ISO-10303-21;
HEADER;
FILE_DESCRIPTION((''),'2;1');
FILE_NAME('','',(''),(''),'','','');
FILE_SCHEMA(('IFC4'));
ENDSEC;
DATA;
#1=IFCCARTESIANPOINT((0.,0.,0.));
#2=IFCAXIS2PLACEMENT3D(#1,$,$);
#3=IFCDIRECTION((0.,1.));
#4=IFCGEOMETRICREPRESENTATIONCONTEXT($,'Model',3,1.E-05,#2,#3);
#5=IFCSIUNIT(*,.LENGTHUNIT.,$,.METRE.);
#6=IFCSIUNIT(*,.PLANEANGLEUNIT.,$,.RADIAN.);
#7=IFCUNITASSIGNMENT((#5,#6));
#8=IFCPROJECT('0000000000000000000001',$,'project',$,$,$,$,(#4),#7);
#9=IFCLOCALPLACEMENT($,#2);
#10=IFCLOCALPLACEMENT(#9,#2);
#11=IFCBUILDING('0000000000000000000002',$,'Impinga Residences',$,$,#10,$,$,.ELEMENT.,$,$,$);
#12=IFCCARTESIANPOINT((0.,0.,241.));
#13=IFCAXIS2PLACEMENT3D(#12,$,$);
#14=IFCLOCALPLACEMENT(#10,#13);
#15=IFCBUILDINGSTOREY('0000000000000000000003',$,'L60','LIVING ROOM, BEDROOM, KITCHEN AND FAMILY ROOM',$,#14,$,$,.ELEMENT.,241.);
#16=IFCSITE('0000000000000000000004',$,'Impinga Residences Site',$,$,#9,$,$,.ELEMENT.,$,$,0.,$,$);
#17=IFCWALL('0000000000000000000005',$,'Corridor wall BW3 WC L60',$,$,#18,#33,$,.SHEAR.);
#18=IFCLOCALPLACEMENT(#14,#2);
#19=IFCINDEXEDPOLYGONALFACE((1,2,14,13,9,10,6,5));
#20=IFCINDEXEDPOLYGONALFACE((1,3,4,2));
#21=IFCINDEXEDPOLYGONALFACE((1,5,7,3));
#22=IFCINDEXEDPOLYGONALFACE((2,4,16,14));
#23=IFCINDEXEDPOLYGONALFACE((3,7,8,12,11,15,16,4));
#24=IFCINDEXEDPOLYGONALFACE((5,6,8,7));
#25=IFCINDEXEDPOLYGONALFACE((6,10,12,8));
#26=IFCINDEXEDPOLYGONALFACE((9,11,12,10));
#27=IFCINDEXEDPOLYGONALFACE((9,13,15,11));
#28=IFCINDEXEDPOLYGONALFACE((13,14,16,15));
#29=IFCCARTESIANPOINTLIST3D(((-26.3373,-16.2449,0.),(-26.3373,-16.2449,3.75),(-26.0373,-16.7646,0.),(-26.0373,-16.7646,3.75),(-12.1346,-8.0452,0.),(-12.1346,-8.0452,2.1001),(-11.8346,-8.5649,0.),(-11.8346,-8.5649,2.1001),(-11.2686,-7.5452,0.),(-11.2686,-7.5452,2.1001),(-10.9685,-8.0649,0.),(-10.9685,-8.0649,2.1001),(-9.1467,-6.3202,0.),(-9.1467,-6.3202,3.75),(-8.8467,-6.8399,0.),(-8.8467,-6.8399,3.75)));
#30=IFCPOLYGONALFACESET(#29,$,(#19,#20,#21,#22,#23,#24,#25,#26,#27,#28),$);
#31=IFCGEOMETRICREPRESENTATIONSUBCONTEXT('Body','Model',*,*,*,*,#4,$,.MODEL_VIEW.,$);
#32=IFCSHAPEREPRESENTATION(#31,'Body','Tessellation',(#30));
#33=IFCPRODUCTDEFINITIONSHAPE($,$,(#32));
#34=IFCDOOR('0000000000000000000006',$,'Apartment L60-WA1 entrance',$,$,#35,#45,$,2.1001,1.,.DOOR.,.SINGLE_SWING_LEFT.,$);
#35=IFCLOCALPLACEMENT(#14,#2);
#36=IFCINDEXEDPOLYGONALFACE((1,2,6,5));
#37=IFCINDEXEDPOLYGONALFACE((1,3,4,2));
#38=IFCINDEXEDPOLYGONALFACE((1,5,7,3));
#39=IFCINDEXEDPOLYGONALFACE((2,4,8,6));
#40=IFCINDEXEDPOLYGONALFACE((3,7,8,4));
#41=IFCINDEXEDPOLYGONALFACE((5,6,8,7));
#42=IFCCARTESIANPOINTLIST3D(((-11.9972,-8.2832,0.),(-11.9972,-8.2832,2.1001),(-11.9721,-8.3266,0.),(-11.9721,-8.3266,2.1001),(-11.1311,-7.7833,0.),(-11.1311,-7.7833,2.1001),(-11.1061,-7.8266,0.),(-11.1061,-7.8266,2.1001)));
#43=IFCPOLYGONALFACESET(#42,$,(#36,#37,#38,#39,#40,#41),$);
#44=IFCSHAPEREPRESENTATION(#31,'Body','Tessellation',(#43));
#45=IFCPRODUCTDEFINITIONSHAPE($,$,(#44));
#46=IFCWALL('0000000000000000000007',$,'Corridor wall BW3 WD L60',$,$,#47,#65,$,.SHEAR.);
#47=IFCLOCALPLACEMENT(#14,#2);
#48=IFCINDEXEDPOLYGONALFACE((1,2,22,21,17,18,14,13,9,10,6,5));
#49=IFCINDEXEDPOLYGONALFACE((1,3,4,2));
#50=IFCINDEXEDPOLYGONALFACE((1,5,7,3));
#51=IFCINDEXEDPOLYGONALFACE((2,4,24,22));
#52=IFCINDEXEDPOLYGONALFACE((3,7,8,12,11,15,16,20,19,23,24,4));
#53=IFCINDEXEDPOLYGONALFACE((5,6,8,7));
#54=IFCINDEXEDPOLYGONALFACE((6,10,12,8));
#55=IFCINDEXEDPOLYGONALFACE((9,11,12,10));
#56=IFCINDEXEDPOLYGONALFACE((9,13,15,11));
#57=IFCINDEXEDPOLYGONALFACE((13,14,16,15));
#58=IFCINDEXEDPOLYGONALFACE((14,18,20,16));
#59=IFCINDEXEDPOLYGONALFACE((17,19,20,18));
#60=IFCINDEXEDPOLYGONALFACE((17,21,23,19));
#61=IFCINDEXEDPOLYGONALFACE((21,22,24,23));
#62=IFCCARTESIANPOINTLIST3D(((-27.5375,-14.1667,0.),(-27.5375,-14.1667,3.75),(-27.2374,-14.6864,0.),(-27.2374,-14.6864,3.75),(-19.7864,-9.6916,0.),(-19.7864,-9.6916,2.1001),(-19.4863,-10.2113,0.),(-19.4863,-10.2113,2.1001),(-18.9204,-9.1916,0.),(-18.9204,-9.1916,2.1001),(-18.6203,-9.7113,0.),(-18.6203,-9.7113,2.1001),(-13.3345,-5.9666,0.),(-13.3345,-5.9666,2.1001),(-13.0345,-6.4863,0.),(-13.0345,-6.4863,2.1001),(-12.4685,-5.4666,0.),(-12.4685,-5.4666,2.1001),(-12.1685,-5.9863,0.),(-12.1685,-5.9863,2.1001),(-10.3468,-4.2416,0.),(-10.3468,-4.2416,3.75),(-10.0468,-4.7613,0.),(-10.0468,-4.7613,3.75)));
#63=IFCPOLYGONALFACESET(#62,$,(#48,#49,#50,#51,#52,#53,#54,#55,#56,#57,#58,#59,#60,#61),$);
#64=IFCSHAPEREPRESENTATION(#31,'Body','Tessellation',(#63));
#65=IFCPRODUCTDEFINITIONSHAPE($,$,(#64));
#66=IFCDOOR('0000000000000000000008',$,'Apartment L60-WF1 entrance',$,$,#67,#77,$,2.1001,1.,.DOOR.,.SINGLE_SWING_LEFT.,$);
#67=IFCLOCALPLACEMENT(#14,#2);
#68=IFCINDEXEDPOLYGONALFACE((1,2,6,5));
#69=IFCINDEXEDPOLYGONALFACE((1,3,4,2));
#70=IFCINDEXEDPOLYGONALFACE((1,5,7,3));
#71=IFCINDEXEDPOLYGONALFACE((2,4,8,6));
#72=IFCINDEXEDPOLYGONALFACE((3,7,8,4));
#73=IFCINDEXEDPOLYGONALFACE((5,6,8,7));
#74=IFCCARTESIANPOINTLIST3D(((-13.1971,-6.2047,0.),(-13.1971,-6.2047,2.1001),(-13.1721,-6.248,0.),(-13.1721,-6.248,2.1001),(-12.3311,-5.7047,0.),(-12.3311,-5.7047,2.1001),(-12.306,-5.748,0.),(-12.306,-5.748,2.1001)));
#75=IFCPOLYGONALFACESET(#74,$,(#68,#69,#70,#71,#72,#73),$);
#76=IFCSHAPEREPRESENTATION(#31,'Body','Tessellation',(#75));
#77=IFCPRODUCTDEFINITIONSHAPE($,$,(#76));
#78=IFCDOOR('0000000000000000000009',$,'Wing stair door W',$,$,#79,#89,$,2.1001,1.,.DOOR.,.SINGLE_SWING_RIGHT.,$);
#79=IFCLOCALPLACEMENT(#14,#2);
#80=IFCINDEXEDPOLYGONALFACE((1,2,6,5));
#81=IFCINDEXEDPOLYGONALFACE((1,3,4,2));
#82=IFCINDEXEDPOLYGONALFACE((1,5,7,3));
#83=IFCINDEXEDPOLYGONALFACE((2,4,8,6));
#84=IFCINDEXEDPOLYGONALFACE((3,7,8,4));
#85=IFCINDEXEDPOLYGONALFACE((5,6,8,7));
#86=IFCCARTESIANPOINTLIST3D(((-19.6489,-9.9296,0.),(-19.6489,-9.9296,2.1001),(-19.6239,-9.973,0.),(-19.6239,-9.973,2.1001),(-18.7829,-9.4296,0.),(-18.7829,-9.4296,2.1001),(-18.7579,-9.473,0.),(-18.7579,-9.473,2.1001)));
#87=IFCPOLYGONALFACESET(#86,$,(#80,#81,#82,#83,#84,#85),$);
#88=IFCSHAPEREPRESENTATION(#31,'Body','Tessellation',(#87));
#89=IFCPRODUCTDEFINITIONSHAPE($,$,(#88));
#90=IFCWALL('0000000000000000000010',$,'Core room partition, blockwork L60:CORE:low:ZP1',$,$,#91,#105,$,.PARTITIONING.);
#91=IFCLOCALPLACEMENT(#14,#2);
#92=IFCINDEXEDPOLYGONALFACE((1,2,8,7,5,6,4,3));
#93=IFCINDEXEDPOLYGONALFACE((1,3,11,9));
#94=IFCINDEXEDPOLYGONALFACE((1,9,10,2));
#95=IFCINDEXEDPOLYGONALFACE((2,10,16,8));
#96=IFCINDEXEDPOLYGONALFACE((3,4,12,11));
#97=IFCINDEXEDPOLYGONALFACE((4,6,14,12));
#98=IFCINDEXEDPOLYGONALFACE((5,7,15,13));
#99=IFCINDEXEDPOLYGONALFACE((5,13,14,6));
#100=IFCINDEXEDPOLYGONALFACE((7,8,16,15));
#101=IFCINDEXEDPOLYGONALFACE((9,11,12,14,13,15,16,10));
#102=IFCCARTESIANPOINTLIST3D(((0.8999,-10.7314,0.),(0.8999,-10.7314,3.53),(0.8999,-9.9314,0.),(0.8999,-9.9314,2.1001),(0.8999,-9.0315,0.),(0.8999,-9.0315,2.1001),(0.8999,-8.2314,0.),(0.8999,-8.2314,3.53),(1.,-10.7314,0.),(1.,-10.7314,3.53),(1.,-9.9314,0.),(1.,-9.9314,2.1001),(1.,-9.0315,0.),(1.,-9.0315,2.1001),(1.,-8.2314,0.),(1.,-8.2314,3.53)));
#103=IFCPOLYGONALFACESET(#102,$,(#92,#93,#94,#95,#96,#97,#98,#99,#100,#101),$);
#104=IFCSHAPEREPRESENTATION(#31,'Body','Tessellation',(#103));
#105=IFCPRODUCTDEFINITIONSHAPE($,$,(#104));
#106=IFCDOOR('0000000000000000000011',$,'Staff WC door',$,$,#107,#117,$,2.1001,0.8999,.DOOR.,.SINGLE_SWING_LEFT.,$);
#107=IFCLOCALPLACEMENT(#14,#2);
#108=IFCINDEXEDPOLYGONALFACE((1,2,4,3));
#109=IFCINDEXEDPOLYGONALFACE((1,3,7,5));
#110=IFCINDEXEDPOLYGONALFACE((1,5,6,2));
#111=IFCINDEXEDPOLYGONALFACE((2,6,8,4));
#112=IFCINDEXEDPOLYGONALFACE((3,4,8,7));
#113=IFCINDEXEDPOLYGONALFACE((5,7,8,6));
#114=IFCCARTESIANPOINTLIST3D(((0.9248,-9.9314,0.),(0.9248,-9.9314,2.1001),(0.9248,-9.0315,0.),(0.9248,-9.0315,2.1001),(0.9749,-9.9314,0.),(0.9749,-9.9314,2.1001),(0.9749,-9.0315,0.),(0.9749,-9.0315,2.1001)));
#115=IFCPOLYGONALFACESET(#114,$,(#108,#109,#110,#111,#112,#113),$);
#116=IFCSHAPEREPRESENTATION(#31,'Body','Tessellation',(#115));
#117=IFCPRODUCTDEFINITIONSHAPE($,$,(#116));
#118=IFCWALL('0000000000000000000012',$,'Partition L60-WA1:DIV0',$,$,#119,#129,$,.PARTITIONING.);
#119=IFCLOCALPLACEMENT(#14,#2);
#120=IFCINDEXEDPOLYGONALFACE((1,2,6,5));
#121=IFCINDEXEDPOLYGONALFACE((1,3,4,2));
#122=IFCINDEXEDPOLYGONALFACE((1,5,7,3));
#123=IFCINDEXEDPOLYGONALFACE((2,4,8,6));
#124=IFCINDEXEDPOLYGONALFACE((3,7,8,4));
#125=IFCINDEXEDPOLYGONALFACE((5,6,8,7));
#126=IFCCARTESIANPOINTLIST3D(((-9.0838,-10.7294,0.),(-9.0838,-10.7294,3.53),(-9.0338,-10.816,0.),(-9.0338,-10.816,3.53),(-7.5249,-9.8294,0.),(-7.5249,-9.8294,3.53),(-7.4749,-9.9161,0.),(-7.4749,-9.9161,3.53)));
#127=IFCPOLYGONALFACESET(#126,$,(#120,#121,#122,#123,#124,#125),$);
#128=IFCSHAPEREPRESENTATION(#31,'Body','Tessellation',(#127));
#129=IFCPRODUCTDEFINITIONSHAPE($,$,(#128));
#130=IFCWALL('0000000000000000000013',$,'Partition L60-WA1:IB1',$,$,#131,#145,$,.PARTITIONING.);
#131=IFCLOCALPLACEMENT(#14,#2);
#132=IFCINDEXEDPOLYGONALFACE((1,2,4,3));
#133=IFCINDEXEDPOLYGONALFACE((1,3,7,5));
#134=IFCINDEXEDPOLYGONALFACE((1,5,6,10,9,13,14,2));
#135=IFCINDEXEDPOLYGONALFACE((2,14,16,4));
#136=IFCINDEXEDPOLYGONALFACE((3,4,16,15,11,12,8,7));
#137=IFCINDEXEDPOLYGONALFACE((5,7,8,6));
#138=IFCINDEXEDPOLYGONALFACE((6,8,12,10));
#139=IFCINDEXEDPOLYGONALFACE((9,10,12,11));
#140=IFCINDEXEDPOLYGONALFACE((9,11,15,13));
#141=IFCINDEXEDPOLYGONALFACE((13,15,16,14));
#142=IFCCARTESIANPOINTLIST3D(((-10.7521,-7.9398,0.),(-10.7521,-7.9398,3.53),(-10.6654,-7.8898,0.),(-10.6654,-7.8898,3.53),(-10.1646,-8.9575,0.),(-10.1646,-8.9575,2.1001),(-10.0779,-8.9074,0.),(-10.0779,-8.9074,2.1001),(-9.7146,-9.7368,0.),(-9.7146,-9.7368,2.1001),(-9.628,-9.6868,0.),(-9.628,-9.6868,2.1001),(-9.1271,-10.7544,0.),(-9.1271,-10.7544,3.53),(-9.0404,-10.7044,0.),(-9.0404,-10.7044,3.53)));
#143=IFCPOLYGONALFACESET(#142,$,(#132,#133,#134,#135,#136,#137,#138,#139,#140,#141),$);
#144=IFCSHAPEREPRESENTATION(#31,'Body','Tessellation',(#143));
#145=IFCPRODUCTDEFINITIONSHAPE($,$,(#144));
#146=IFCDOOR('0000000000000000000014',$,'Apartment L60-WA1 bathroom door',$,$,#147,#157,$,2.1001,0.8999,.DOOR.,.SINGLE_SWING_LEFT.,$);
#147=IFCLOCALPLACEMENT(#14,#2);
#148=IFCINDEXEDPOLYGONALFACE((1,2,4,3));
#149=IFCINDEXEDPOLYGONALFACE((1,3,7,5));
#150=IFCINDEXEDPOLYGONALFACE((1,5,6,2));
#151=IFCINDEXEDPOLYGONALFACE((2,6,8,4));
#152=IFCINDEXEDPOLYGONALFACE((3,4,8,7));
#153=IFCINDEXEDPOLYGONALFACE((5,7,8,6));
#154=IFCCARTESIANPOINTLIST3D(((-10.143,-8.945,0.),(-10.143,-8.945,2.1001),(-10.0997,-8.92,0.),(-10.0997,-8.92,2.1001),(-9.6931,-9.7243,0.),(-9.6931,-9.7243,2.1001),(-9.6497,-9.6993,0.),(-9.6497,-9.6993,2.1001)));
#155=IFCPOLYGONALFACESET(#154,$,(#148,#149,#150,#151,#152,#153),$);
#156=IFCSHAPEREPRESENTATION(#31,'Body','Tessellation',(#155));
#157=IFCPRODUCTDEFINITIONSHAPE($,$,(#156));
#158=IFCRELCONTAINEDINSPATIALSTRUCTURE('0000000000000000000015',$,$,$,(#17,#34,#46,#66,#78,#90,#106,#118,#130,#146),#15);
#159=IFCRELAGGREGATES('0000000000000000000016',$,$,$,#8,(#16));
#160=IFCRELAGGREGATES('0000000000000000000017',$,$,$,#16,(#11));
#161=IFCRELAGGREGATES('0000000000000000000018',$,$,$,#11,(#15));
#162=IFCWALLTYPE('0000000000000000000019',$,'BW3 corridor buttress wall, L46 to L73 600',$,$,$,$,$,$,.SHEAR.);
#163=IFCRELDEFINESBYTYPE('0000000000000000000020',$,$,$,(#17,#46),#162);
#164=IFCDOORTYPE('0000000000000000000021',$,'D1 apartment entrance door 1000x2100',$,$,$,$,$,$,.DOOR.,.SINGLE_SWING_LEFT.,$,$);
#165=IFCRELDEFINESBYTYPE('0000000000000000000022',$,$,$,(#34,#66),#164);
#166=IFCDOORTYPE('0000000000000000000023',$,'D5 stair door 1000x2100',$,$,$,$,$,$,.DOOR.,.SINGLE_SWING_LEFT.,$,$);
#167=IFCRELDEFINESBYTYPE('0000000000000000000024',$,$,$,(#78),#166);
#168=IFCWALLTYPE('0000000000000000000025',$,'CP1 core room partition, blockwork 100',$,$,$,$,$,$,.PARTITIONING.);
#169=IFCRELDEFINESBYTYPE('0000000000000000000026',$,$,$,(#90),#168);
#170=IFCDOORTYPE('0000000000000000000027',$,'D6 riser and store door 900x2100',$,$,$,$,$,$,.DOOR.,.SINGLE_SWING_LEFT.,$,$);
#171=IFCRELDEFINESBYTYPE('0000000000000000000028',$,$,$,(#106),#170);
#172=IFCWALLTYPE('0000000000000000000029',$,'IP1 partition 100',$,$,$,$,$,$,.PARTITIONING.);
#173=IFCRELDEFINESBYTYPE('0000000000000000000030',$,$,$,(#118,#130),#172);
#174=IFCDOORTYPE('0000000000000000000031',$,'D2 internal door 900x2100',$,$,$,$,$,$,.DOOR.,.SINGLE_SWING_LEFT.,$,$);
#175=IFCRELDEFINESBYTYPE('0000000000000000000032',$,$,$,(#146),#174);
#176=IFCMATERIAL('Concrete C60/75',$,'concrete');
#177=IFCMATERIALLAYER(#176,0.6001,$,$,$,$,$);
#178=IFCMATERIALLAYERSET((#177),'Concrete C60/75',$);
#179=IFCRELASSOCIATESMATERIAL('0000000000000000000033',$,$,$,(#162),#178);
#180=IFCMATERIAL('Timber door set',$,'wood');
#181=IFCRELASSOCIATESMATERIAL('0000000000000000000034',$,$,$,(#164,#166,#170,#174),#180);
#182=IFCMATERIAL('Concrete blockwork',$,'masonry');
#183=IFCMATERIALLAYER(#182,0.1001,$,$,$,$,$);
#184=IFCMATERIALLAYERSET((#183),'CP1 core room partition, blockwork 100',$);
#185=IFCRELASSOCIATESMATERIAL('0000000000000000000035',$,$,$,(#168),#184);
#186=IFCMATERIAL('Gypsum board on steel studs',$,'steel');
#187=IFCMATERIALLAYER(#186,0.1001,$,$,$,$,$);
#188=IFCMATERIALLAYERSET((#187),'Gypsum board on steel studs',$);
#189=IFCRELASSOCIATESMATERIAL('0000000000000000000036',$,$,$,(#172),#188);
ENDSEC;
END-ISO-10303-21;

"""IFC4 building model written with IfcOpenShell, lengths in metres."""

from ifc_helpers import new_model, si_unit, direction, frame, frame_2d, origin, place, context, subcontext, project, spatial, rectangle, extrude, material, layer, layer_set, type_object, element, fill, save


model = new_model("IFC4")

# Units and contexts
model_context = context("Model", 3, precision=1e-05, world=origin(), true_north=direction((0.0, 1.0)))
body_context = subcontext(model_context, "Body", "Model", "MODEL_VIEW")
ifc_project = project(units=[si_unit("LENGTHUNIT", "METRE"), si_unit("PLANEANGLEUNIT", "RADIAN")], contexts=[model_context])

# Site, building, storey
site_placement = place(None, origin())
site = spatial("IfcSite", under=ifc_project, at=site_placement, Name="Impinga Residences Site", CompositionType="ELEMENT", RefElevation=0.0)
building_placement = place(site_placement, origin())
building = spatial("IfcBuilding", under=site, at=building_placement, Name="Impinga Residences", CompositionType="ELEMENT")
storey_placement = place(building_placement, frame((0.0, 0.0, 241.0)))
storey = spatial("IfcBuildingStorey", under=building, at=storey_placement, Name="L60", Description="LIVING ROOM, BEDROOM, KITCHEN AND FAMILY ROOM", CompositionType="ELEMENT", Elevation=241.0)

# Wall, opening, door
ifc_material_1 = material(Name="Concrete C60/75", Category="concrete")
ifc_layer_1 = layer(ifc_material_1, 0.6001)
ifc_layer_set_1 = layer_set([ifc_layer_1], Name="Concrete C60/75")
wall_type_1 = type_object("IfcWallType", Name="BW3 corridor buttress wall, L46 to L73 600", PredefinedType="SHEAR", material=ifc_layer_set_1)
wall_1_placement = place(storey_placement, frame((-8.9968, -6.5801, 0.0), z_axis=(0.0, 0.0, 1.0), x_axis=(-0.866031, -0.499991, 0.0)))
wall_1 = element("IfcWall", 1, at=wall_1_placement, inside=storey, type_object=wall_type_1, Name="Corridor wall BW3 WC L60", PredefinedType="SHEAR", context=body_context, shape_type="SweptSolid", body=[
    extrude(rectangle(XDim=19.8499, YDim=0.6001, at=frame_2d((9.9248, 0.0))), origin(), (0.0, 0.0, 1.0), 3.75),
])
opening_1_placement = place(wall_1_placement, frame((2.45, 0.0, 0.0)))
opening_1 = element("IfcOpeningElement", 2, at=opening_1_placement, cuts=wall_1, PredefinedType="OPENING", context=body_context, shape_type="SweptSolid", body=[
    extrude(rectangle(XDim=1.0, YDim=2.1001, at=frame_2d((0.5, 1.05))), frame((0.0, 0.3101, 0.0), z_axis=(0.0, -1.0, 0.0), x_axis=(1.0, 0.0, 0.0)), (0.0, 0.0, 1.0), 0.6201),
])
ifc_material_2 = material(Name="Timber door set", Category="wood")
door_type_1 = type_object("IfcDoorType", Name="D1 apartment entrance door 1000x2100", OperationType="SINGLE_SWING_LEFT", PredefinedType="DOOR", material=ifc_material_2)
door_1_placement = place(opening_1_placement, origin())
door_1 = element("IfcDoor", 3, at=door_1_placement, inside=storey, type_object=door_type_1, Name="Apartment L60-WA1 entrance", OperationType="SINGLE_SWING_LEFT", OverallHeight=2.1001, OverallWidth=1.0, PredefinedType="DOOR", context=body_context, shape_type="SweptSolid", body=[
    extrude(rectangle(XDim=1.0, YDim=2.1001, at=frame_2d((0.5, 1.05))), frame((0.0, 0.0249, 0.0), z_axis=(0.0, -1.0, 0.0), x_axis=(1.0, 0.0, 0.0)), (0.0, 0.0, 1.0), 0.05),
])
fill(opening_1, door_1)

# Wall, openings, doors
wall_2_placement = place(storey_placement, frame((-10.1968, -4.5015, 0.0), z_axis=(0.0, 0.0, 1.0), x_axis=(-0.866025, -0.5, 0.0)))
wall_2 = element("IfcWall", 4, at=wall_2_placement, inside=storey, type_object=wall_type_1, Name="Corridor wall BW3 WD L60", PredefinedType="SHEAR", context=body_context, shape_type="SweptSolid", body=[
    extrude(rectangle(XDim=19.8501, YDim=0.6001, at=frame_2d((9.925, 0.0))), origin(), (0.0, 0.0, 1.0), 3.75),
])
opening_2_placement = place(wall_2_placement, frame((9.8999, 0.0, 0.0)))
opening_2 = element("IfcOpeningElement", 5, at=opening_2_placement, cuts=wall_2, PredefinedType="OPENING", context=body_context, shape_type="SweptSolid", body=[
    extrude(rectangle(XDim=1.0, YDim=2.1001, at=frame_2d((0.5, 1.05))), frame((0.0, 0.3101, 0.0), z_axis=(0.0, -1.0, 0.0), x_axis=(1.0, 0.0, 0.0)), (0.0, 0.0, 1.0), 0.6201),
])
opening_3_placement = place(wall_2_placement, frame((2.45, 0.0, 0.0)))
opening_3 = element("IfcOpeningElement", 6, at=opening_3_placement, cuts=wall_2, PredefinedType="OPENING", context=body_context, shape_type="SweptSolid", body=[
    extrude(rectangle(XDim=1.0, YDim=2.1001, at=frame_2d((0.5, 1.05))), frame((0.0, 0.3101, 0.0), z_axis=(0.0, -1.0, 0.0), x_axis=(1.0, 0.0, 0.0)), (0.0, 0.0, 1.0), 0.6201),
])
door_2_placement = place(opening_3_placement, origin())
door_2 = element("IfcDoor", 7, at=door_2_placement, inside=storey, type_object=door_type_1, Name="Apartment L60-WF1 entrance", OperationType="SINGLE_SWING_LEFT", OverallHeight=2.1001, OverallWidth=1.0, PredefinedType="DOOR", context=body_context, shape_type="SweptSolid", body=[
    extrude(rectangle(XDim=1.0, YDim=2.1001, at=frame_2d((0.5, 1.05))), frame((0.0, 0.0249, 0.0), z_axis=(0.0, -1.0, 0.0), x_axis=(1.0, 0.0, 0.0)), (0.0, 0.0, 1.0), 0.05),
])
fill(opening_3, door_2)
door_type_2 = type_object("IfcDoorType", Name="D5 stair door 1000x2100", OperationType="SINGLE_SWING_LEFT", PredefinedType="DOOR", material=ifc_material_2)
door_3_placement = place(opening_2_placement, origin())
door_3 = element("IfcDoor", 8, at=door_3_placement, inside=storey, type_object=door_type_2, Name="Wing stair door W", OperationType="SINGLE_SWING_RIGHT", OverallHeight=2.1001, OverallWidth=1.0, PredefinedType="DOOR", context=body_context, shape_type="SweptSolid", body=[
    extrude(rectangle(XDim=1.0, YDim=2.1001, at=frame_2d((0.5, 1.05))), frame((0.0, 0.0249, 0.0), z_axis=(0.0, -1.0, 0.0), x_axis=(1.0, 0.0, 0.0)), (0.0, 0.0, 1.0), 0.05),
])
fill(opening_2, door_3)

# Wall, opening, door
ifc_material_3 = material(Name="Concrete blockwork", Category="masonry")
ifc_layer_2 = layer(ifc_material_3, 0.1001)
ifc_layer_set_2 = layer_set([ifc_layer_2], Name="CP1 core room partition, blockwork 100")
wall_type_2 = type_object("IfcWallType", Name="CP1 core room partition, blockwork 100", PredefinedType="PARTITIONING", material=ifc_layer_set_2)
wall_3_placement = place(storey_placement, frame((0.95, -8.2314, 0.0), z_axis=(0.0, 0.0, 1.0), x_axis=(0.0, -1.0, 0.0)))
wall_3 = element("IfcWall", 9, at=wall_3_placement, inside=storey, type_object=wall_type_2, Name="Core room partition, blockwork L60:CORE:low:ZP1", PredefinedType="PARTITIONING", context=body_context, shape_type="SweptSolid", body=[
    extrude(rectangle(XDim=2.5, YDim=0.1001, at=frame_2d((1.25, 0.0))), origin(), (0.0, 0.0, 1.0), 3.53),
])
opening_4_placement = place(wall_3_placement, frame((0.8, 0.0, 0.0)))
opening_4 = element("IfcOpeningElement", 10, at=opening_4_placement, cuts=wall_3, PredefinedType="OPENING", context=body_context, shape_type="SweptSolid", body=[
    extrude(rectangle(XDim=0.8999, YDim=2.1001, at=frame_2d((0.45, 1.05))), frame((0.0, 0.0601, 0.0), z_axis=(0.0, -1.0, 0.0), x_axis=(1.0, 0.0, 0.0)), (0.0, 0.0, 1.0), 0.1201),
])
door_type_3 = type_object("IfcDoorType", Name="D6 riser and store door 900x2100", OperationType="SINGLE_SWING_LEFT", PredefinedType="DOOR", material=ifc_material_2)
door_4_placement = place(opening_4_placement, origin())
door_4 = element("IfcDoor", 11, at=door_4_placement, inside=storey, type_object=door_type_3, Name="Staff WC door", OperationType="SINGLE_SWING_LEFT", OverallHeight=2.1001, OverallWidth=0.8999, PredefinedType="DOOR", context=body_context, shape_type="SweptSolid", body=[
    extrude(rectangle(XDim=0.8999, YDim=2.1001, at=frame_2d((0.45, 1.05))), frame((0.0, 0.0249, 0.0), z_axis=(0.0, -1.0, 0.0), x_axis=(1.0, 0.0, 0.0)), (0.0, 0.0, 1.0), 0.05),
])
fill(opening_4, door_4)

# Wall
ifc_material_4 = material(Name="Gypsum board on steel studs", Category="steel")
ifc_layer_3 = layer(ifc_material_4, 0.1001)
ifc_layer_set_3 = layer_set([ifc_layer_3], Name="Gypsum board on steel studs")
wall_type_3 = type_object("IfcWallType", Name="IP1 partition 100", PredefinedType="PARTITIONING", material=ifc_layer_set_3)
wall_4_placement = place(storey_placement, frame((-7.5, -9.8728, 0.0), z_axis=(0.0, 0.0, 1.0), x_axis=(-0.866048, -0.499961, 0.0)))
element("IfcWall", 12, at=wall_4_placement, inside=storey, type_object=wall_type_3, Name="Partition L60-WA1:DIV0", PredefinedType="PARTITIONING", context=body_context, shape_type="SweptSolid", body=[
    extrude(rectangle(XDim=1.8, YDim=0.1001, at=frame_2d((0.8999, 0.0))), origin(), (0.0, 0.0, 1.0), 3.53),
])

# Wall, opening, door
wall_5_placement = place(storey_placement, frame((-10.7087, -7.9148, 0.0), z_axis=(0.0, 0.0, 1.0), x_axis=(0.499985, -0.866034, 0.0)))
wall_5 = element("IfcWall", 13, at=wall_5_placement, inside=storey, type_object=wall_type_3, Name="Partition L60-WA1:IB1", PredefinedType="PARTITIONING", context=body_context, shape_type="SweptSolid", body=[
    extrude(rectangle(XDim=3.25, YDim=0.1001, at=frame_2d((1.625, 0.0))), origin(), (0.0, 0.0, 1.0), 3.53),
])
opening_5_placement = place(wall_5_placement, frame((1.175, 0.0, 0.0)))
opening_5 = element("IfcOpeningElement", 14, at=opening_5_placement, cuts=wall_5, PredefinedType="OPENING", context=body_context, shape_type="SweptSolid", body=[
    extrude(rectangle(XDim=0.8999, YDim=2.1001, at=frame_2d((0.45, 1.05))), frame((0.0, 0.0601, 0.0), z_axis=(0.0, -1.0, 0.0), x_axis=(1.0, 0.0, 0.0)), (0.0, 0.0, 1.0), 0.1201),
])
door_type_4 = type_object("IfcDoorType", Name="D2 internal door 900x2100", OperationType="SINGLE_SWING_LEFT", PredefinedType="DOOR", material=ifc_material_2)
door_5_placement = place(opening_5_placement, origin())
door_5 = element("IfcDoor", 15, at=door_5_placement, inside=storey, type_object=door_type_4, Name="Apartment L60-WA1 bathroom door", OperationType="SINGLE_SWING_LEFT", OverallHeight=2.1001, OverallWidth=0.8999, PredefinedType="DOOR", context=body_context, shape_type="SweptSolid", body=[
    extrude(rectangle(XDim=0.8999, YDim=2.1001, at=frame_2d((0.45, 1.05))), frame((0.0, 0.0249, 0.0), z_axis=(0.0, -1.0, 0.0), x_axis=(1.0, 0.0, 0.0)), (0.0, 0.0, 1.0), 0.05),
])
fill(opening_5, door_5)

save(model, "model.ifc")
